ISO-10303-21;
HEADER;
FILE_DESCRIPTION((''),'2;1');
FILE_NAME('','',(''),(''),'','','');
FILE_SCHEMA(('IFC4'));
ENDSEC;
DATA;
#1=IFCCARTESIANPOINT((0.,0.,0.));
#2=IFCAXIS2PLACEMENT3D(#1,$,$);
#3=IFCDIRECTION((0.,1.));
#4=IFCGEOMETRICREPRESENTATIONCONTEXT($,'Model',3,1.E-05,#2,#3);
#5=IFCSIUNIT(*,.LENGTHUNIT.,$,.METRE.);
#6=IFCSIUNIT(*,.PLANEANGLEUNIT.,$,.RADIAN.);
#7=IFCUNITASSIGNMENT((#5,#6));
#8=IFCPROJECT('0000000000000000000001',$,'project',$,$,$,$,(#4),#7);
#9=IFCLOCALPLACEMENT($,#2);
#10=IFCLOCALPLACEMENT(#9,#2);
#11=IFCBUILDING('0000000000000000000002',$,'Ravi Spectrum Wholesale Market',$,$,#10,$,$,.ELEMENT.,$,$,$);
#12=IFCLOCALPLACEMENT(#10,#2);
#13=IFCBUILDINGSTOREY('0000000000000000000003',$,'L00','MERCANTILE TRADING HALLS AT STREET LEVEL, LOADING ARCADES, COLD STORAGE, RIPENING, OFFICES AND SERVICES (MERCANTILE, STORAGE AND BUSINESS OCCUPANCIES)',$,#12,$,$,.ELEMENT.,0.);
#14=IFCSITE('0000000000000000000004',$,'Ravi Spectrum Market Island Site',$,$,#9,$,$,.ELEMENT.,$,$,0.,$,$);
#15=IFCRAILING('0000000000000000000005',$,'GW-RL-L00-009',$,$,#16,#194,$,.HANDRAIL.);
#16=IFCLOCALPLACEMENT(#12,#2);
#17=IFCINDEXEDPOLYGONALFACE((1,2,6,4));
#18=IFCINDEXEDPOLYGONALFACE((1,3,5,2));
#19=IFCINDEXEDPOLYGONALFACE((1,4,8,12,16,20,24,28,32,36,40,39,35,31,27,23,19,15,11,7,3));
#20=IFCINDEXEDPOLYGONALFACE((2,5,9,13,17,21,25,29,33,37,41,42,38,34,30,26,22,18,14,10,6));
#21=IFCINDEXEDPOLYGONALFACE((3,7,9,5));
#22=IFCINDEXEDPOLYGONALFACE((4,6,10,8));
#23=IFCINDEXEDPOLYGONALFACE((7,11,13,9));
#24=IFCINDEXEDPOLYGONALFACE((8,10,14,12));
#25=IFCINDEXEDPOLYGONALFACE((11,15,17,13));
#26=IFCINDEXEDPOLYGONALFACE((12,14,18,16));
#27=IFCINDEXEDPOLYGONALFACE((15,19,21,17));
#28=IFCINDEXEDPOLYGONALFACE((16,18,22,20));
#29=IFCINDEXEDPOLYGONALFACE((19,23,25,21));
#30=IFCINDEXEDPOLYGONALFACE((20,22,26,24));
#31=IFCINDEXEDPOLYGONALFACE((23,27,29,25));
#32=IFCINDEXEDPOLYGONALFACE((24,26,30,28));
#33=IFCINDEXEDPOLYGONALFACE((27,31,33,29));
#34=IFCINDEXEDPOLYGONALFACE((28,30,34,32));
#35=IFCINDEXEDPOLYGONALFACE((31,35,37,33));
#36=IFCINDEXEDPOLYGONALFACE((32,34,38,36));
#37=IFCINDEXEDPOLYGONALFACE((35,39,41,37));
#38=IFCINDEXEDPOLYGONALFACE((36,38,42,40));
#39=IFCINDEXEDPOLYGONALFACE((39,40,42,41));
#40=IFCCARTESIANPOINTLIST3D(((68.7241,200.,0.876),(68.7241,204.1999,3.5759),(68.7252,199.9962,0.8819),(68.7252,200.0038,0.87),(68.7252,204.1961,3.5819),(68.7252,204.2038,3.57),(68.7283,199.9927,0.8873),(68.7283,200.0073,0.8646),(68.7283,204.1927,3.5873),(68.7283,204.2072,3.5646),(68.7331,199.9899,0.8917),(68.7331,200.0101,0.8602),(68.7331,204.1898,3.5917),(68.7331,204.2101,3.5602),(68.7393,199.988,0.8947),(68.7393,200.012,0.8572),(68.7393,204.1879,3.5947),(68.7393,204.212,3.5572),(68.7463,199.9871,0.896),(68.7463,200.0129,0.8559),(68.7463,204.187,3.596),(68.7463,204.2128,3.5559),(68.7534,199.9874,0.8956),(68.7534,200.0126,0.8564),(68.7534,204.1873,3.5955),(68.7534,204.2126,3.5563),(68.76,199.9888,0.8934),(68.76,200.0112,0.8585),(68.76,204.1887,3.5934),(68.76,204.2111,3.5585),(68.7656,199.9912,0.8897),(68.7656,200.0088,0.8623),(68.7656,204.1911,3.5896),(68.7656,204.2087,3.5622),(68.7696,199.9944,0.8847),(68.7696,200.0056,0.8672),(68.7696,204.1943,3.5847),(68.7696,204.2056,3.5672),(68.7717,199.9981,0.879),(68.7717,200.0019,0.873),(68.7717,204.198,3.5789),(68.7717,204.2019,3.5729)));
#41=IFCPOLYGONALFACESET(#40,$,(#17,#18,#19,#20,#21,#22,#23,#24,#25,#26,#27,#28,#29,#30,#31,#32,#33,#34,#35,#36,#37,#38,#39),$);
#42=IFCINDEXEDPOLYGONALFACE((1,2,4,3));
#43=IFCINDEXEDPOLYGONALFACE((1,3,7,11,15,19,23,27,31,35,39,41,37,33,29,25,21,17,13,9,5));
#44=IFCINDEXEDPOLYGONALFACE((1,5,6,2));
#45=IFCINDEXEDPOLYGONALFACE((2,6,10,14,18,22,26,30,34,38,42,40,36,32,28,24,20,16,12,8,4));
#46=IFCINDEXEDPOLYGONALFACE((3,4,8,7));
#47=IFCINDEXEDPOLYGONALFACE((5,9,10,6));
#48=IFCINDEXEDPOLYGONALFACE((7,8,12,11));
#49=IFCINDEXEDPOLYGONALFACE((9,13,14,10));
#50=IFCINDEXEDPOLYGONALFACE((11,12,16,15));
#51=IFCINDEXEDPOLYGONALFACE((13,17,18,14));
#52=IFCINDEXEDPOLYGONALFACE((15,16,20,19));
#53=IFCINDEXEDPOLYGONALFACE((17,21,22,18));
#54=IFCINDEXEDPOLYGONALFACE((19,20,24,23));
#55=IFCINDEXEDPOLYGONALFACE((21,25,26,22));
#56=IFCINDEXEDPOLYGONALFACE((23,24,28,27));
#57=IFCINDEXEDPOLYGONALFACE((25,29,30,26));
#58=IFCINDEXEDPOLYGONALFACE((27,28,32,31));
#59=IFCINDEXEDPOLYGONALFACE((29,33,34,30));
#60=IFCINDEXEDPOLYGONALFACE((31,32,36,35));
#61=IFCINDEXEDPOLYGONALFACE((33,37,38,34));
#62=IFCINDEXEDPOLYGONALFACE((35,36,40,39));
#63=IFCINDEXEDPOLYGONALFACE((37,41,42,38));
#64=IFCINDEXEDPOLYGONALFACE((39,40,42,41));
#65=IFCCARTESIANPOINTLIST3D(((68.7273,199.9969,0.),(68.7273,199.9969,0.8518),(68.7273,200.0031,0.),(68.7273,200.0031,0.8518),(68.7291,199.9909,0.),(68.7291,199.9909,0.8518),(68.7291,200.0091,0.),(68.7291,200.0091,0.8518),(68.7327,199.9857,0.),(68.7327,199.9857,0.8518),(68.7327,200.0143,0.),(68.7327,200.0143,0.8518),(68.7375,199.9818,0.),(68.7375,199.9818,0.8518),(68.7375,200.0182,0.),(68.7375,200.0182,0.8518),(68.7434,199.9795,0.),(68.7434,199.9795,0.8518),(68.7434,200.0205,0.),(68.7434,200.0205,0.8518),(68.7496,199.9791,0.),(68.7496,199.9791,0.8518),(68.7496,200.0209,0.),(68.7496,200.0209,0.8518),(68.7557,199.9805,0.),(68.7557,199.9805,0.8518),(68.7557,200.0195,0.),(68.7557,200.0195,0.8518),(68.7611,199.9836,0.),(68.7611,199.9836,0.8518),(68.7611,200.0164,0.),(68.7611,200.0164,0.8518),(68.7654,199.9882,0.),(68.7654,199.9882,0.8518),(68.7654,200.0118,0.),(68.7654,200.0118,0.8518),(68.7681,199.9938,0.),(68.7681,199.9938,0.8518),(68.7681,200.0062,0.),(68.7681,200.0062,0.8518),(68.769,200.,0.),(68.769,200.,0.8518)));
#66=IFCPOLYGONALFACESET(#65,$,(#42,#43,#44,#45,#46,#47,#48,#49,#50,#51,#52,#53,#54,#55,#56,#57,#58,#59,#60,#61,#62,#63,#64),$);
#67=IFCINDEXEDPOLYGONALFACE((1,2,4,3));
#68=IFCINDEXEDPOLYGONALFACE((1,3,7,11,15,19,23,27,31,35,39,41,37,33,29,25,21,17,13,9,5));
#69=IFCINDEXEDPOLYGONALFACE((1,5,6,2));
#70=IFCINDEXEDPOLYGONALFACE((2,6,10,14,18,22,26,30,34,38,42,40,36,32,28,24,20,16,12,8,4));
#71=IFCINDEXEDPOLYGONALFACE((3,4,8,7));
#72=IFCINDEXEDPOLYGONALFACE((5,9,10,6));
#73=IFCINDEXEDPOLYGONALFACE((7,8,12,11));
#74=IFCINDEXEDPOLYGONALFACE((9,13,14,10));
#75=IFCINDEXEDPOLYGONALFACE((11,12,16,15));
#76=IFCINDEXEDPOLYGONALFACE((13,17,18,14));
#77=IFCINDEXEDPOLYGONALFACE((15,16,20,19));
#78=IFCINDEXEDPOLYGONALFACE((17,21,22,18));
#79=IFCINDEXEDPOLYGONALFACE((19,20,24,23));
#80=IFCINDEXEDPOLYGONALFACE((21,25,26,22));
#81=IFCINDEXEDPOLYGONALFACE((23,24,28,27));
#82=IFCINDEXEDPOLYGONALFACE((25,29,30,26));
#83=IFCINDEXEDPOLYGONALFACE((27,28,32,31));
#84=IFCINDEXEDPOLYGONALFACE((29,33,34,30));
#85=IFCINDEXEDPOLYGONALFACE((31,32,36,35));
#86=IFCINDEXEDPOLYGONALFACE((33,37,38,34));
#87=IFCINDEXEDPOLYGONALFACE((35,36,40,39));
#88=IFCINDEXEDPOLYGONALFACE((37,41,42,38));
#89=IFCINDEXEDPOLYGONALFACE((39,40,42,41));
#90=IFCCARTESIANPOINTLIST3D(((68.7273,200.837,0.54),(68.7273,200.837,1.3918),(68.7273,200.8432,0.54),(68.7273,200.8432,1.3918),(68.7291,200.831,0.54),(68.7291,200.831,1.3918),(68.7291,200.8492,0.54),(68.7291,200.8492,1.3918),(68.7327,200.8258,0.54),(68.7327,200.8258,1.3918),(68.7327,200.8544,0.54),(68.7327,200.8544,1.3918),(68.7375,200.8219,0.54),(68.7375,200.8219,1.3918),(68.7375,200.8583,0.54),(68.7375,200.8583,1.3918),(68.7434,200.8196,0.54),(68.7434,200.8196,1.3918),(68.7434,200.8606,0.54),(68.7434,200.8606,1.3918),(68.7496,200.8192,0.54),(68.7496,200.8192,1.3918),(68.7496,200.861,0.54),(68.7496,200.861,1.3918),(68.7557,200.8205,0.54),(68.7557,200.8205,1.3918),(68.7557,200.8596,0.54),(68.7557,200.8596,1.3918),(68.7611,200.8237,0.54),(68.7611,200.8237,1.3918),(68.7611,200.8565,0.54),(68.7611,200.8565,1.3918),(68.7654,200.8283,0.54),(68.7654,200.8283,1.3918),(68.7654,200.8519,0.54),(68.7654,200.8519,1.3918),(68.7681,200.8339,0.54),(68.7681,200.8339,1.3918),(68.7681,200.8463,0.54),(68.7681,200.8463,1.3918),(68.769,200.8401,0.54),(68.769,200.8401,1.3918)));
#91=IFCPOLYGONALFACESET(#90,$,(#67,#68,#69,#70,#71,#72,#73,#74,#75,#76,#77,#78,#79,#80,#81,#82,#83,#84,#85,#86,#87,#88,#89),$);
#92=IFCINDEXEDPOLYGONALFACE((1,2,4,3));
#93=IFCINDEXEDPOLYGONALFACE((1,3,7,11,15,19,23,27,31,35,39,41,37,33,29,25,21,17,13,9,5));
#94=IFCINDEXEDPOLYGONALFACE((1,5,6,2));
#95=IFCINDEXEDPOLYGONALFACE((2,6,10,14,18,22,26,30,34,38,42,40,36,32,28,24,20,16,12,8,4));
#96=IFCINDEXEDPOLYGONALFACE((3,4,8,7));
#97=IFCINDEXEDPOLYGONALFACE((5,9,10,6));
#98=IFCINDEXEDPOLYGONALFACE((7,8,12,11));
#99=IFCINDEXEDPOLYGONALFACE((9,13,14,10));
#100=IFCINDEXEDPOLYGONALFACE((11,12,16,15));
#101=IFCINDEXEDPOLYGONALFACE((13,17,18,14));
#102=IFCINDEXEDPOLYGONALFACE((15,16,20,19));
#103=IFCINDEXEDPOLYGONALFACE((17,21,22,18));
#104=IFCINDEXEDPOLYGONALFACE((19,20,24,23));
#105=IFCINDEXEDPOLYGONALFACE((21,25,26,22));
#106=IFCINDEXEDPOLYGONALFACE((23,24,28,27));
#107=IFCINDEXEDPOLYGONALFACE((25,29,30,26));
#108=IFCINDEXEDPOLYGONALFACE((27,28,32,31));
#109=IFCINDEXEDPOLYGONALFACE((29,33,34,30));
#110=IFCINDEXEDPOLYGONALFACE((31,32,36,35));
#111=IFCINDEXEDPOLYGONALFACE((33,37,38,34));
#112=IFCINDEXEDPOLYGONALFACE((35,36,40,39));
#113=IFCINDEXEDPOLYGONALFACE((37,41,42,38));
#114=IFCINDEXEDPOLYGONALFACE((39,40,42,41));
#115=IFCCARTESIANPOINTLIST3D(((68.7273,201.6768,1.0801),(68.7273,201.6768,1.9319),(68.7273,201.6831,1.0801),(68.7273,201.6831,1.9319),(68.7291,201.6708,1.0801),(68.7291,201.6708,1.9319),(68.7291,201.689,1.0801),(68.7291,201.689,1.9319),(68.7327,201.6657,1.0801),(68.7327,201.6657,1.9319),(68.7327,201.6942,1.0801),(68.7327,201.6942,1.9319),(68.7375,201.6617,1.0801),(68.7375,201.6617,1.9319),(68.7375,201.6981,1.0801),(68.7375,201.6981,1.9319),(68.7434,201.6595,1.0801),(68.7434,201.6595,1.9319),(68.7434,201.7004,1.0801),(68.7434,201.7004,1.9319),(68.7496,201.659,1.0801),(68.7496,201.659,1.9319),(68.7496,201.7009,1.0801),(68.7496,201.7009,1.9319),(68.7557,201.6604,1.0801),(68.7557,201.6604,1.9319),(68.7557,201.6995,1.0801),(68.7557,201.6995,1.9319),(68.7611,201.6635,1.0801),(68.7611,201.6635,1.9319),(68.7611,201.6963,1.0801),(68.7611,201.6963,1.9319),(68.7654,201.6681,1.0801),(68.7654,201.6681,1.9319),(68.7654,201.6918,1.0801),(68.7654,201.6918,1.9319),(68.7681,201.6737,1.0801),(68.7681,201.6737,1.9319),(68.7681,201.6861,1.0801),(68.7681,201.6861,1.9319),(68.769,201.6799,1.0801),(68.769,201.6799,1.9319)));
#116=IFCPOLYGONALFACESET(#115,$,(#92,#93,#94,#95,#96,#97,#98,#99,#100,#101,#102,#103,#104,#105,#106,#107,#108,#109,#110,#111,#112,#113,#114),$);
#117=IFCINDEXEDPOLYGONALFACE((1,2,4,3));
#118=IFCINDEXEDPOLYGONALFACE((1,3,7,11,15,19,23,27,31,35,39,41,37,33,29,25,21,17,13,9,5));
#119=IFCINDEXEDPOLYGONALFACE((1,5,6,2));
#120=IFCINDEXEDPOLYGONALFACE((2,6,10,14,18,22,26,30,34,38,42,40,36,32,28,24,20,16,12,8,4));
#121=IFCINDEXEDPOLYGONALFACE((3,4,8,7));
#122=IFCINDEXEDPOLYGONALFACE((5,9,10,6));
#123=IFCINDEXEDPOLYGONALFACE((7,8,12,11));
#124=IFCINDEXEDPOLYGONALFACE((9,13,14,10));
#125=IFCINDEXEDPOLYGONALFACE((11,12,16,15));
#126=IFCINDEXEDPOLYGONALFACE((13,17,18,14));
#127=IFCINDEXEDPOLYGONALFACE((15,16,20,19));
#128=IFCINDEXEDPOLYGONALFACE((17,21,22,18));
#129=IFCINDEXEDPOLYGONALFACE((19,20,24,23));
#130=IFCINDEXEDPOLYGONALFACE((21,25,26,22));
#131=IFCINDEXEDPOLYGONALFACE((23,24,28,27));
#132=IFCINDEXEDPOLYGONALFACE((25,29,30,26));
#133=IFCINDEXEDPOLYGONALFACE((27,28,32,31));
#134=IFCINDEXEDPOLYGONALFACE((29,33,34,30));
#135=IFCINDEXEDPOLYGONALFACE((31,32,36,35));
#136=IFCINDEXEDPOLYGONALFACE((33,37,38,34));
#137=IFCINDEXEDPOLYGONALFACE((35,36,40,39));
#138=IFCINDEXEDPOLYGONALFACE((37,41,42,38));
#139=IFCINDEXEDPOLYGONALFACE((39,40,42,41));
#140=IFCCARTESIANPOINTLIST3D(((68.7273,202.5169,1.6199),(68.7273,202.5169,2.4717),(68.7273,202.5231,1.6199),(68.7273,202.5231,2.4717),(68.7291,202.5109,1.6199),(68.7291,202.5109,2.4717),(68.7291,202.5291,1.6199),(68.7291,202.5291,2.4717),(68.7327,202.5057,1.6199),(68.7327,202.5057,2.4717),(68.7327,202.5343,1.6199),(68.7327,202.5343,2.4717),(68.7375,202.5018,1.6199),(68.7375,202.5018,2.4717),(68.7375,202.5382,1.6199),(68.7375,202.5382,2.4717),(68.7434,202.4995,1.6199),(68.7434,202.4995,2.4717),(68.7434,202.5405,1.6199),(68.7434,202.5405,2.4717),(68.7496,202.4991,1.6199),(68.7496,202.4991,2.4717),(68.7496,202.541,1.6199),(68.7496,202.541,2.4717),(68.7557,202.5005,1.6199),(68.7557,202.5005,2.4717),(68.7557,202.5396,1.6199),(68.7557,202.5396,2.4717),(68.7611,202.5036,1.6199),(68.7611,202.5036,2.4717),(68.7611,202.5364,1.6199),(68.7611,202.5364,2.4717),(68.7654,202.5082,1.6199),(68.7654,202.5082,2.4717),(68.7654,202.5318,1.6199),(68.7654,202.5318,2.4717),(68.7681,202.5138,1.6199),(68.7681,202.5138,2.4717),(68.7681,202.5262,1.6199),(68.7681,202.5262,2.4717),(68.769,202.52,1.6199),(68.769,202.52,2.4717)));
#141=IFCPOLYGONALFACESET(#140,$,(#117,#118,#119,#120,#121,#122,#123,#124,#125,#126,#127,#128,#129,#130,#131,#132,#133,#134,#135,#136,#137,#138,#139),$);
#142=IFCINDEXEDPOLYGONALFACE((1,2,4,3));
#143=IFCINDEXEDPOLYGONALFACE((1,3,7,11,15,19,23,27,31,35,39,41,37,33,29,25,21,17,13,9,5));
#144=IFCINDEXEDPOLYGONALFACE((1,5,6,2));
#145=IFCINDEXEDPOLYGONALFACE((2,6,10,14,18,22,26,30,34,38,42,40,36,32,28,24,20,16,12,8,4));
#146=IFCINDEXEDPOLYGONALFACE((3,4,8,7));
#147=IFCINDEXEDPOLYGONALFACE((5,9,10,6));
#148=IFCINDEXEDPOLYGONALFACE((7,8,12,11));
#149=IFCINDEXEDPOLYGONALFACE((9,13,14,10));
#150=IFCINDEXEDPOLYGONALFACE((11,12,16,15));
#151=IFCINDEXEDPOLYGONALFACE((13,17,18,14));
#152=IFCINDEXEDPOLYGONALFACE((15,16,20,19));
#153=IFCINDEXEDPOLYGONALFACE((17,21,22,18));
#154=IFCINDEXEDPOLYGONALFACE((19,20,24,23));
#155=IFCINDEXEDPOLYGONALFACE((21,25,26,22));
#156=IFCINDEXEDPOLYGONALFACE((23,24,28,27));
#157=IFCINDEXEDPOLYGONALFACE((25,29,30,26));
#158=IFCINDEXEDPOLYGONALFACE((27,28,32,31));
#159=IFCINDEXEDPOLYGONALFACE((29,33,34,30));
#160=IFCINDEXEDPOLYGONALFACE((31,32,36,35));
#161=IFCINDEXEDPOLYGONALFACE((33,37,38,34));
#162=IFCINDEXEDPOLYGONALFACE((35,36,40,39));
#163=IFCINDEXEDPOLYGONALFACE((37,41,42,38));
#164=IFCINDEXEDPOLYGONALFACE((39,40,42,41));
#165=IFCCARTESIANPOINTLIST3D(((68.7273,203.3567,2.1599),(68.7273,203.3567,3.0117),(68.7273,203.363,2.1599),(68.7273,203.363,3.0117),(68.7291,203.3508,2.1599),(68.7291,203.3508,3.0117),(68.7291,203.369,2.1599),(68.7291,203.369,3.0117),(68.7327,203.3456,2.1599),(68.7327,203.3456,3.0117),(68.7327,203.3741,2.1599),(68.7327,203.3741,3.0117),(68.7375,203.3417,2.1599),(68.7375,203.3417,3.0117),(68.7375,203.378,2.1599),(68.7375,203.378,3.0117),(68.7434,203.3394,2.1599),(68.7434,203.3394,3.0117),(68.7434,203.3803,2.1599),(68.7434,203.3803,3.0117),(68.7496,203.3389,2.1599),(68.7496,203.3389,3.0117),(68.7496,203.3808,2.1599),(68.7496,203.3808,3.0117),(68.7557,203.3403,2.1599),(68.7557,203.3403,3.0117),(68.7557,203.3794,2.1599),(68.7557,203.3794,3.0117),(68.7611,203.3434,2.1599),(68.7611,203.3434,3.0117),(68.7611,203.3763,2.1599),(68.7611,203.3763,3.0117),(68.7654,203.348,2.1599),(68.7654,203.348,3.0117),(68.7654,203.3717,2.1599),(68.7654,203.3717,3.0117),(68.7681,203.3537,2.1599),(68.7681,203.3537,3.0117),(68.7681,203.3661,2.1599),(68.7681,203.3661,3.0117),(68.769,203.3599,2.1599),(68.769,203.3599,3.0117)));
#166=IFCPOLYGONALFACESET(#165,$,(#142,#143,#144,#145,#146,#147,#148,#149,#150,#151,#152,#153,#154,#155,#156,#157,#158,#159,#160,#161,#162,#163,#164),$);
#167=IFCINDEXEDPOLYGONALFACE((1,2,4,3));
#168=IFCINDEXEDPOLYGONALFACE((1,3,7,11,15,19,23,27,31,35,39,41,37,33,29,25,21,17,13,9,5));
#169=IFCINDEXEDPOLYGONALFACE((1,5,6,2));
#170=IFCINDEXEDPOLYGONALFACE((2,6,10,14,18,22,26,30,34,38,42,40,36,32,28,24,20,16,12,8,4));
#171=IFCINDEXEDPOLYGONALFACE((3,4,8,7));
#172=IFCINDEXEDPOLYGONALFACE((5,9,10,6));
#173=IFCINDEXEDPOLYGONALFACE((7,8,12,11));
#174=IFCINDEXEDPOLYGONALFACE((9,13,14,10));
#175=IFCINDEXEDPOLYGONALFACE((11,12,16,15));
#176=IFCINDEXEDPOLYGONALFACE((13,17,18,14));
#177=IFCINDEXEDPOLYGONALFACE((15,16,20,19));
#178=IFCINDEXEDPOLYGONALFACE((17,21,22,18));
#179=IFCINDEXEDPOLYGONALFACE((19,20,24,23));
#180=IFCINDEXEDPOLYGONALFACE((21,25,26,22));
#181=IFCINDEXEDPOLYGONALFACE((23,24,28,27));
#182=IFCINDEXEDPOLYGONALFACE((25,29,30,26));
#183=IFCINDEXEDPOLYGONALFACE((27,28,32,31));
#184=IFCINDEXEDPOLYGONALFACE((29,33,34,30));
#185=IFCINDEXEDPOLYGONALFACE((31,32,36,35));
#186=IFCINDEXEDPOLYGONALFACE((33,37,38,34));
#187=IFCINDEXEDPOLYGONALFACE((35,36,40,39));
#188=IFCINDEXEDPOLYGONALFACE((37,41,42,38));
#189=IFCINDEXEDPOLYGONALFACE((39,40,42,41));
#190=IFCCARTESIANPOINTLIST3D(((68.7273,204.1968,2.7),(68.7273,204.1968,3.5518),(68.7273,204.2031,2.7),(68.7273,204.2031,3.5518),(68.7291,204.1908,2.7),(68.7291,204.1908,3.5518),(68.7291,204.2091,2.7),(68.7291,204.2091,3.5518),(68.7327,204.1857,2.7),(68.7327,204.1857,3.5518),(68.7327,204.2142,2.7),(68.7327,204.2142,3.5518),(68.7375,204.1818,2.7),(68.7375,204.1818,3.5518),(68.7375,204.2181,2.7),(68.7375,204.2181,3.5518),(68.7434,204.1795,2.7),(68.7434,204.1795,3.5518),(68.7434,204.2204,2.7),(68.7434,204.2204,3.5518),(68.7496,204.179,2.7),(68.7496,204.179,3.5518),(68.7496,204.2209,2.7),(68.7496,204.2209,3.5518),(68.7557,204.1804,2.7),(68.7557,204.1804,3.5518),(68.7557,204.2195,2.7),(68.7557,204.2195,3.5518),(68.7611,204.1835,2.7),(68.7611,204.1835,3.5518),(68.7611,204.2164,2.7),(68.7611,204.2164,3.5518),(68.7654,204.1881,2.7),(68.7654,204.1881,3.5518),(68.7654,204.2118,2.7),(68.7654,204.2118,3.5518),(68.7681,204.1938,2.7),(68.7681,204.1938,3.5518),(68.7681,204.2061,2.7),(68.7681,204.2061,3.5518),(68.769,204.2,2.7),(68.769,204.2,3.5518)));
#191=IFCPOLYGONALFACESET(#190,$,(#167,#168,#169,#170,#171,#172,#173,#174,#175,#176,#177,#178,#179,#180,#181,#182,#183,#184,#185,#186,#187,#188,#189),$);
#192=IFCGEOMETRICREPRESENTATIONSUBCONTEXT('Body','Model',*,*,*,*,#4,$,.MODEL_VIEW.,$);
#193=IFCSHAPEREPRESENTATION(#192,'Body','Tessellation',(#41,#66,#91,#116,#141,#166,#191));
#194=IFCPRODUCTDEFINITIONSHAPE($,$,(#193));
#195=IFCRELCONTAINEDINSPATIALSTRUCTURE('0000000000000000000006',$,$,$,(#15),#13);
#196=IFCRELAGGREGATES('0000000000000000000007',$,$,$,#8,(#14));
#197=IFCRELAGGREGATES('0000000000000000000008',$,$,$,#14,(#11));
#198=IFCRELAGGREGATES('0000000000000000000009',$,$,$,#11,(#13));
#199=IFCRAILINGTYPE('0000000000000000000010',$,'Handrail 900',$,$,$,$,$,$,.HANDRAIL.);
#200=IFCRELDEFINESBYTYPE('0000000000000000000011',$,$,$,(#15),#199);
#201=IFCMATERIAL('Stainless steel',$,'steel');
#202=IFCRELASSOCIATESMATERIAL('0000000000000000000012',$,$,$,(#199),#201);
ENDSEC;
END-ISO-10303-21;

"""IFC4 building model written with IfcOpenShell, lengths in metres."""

from ifc_helpers import new_model, si_unit, direction, frame, origin, origin_2d, place, context, subcontext, project, spatial, circle, extrude, material, type_object, element, save


model = new_model("IFC4")

# Units and contexts
model_context = context("Model", 3, precision=1e-05, world=origin(), true_north=direction((0.0, 1.0)))
body_context = subcontext(model_context, "Body", "Model", "MODEL_VIEW")
ifc_project = project(units=[si_unit("LENGTHUNIT", "METRE"), si_unit("PLANEANGLEUNIT", "RADIAN")], contexts=[model_context])

# Site, building, storey
site_placement = place(None, origin())
site = spatial("IfcSite", under=ifc_project, at=site_placement, Name="Ravi Spectrum Market Island Site", CompositionType="ELEMENT", RefElevation=0.0)
building_placement = place(site_placement, origin())
building = spatial("IfcBuilding", under=site, at=building_placement, Name="Ravi Spectrum Wholesale Market", CompositionType="ELEMENT")
storey_placement = place(building_placement, origin())
storey = spatial("IfcBuildingStorey", under=building, at=storey_placement, Name="L00", Description="MERCANTILE TRADING HALLS AT STREET LEVEL, LOADING ARCADES, COLD STORAGE, RIPENING, OFFICES AND SERVICES (MERCANTILE, STORAGE AND BUSINESS OCCUPANCIES)", CompositionType="ELEMENT", Elevation=0.0)

# Railing
ifc_material_1 = material(Name="Stainless steel", Category="steel")
railing_type = type_object("IfcRailingType", Name="Handrail 900", PredefinedType="HANDRAIL", material=ifc_material_1)
for number, where, name in (
    (1, (68.748, 200.0, 0.0), "GW-RL-L00-009"),
):
    element("IfcRailing", number, at=place(storey_placement, frame(where)), inside=storey, type_object=railing_type, Name=name, PredefinedType="HANDRAIL", context=body_context, shape_type="SweptSolid", body=[
        extrude(circle(Radius=0.0239, at=origin_2d()), frame((0.0, 0.0, 0.876), z_axis=(0.0, 0.84118, 0.540755), x_axis=(-1.0, 0.0, 0.0)), (0.0, 0.0, 1.0), 4.9929),
        extrude(circle(Radius=0.021, at=origin_2d()), origin(), (0.0, 0.0, 1.0), 0.8518),
        extrude(circle(Radius=0.021, at=origin_2d()), frame((0.0, 0.8401, 0.54)), (0.0, 0.0, 1.0), 0.8518),
        extrude(circle(Radius=0.021, at=origin_2d()), frame((0.0, 1.6799, 1.0801)), (0.0, 0.0, 1.0), 0.8518),
        extrude(circle(Radius=0.021, at=origin_2d()), frame((0.0, 2.52, 1.6199)), (0.0, 0.0, 1.0), 0.8518),
        extrude(circle(Radius=0.021, at=origin_2d()), frame((0.0, 3.3599, 2.1599)), (0.0, 0.0, 1.0), 0.8518),
        extrude(circle(Radius=0.021, at=origin_2d()), frame((0.0, 4.2, 2.7)), (0.0, 0.0, 1.0), 0.8518),
    ])

save(model, "model.ifc")
